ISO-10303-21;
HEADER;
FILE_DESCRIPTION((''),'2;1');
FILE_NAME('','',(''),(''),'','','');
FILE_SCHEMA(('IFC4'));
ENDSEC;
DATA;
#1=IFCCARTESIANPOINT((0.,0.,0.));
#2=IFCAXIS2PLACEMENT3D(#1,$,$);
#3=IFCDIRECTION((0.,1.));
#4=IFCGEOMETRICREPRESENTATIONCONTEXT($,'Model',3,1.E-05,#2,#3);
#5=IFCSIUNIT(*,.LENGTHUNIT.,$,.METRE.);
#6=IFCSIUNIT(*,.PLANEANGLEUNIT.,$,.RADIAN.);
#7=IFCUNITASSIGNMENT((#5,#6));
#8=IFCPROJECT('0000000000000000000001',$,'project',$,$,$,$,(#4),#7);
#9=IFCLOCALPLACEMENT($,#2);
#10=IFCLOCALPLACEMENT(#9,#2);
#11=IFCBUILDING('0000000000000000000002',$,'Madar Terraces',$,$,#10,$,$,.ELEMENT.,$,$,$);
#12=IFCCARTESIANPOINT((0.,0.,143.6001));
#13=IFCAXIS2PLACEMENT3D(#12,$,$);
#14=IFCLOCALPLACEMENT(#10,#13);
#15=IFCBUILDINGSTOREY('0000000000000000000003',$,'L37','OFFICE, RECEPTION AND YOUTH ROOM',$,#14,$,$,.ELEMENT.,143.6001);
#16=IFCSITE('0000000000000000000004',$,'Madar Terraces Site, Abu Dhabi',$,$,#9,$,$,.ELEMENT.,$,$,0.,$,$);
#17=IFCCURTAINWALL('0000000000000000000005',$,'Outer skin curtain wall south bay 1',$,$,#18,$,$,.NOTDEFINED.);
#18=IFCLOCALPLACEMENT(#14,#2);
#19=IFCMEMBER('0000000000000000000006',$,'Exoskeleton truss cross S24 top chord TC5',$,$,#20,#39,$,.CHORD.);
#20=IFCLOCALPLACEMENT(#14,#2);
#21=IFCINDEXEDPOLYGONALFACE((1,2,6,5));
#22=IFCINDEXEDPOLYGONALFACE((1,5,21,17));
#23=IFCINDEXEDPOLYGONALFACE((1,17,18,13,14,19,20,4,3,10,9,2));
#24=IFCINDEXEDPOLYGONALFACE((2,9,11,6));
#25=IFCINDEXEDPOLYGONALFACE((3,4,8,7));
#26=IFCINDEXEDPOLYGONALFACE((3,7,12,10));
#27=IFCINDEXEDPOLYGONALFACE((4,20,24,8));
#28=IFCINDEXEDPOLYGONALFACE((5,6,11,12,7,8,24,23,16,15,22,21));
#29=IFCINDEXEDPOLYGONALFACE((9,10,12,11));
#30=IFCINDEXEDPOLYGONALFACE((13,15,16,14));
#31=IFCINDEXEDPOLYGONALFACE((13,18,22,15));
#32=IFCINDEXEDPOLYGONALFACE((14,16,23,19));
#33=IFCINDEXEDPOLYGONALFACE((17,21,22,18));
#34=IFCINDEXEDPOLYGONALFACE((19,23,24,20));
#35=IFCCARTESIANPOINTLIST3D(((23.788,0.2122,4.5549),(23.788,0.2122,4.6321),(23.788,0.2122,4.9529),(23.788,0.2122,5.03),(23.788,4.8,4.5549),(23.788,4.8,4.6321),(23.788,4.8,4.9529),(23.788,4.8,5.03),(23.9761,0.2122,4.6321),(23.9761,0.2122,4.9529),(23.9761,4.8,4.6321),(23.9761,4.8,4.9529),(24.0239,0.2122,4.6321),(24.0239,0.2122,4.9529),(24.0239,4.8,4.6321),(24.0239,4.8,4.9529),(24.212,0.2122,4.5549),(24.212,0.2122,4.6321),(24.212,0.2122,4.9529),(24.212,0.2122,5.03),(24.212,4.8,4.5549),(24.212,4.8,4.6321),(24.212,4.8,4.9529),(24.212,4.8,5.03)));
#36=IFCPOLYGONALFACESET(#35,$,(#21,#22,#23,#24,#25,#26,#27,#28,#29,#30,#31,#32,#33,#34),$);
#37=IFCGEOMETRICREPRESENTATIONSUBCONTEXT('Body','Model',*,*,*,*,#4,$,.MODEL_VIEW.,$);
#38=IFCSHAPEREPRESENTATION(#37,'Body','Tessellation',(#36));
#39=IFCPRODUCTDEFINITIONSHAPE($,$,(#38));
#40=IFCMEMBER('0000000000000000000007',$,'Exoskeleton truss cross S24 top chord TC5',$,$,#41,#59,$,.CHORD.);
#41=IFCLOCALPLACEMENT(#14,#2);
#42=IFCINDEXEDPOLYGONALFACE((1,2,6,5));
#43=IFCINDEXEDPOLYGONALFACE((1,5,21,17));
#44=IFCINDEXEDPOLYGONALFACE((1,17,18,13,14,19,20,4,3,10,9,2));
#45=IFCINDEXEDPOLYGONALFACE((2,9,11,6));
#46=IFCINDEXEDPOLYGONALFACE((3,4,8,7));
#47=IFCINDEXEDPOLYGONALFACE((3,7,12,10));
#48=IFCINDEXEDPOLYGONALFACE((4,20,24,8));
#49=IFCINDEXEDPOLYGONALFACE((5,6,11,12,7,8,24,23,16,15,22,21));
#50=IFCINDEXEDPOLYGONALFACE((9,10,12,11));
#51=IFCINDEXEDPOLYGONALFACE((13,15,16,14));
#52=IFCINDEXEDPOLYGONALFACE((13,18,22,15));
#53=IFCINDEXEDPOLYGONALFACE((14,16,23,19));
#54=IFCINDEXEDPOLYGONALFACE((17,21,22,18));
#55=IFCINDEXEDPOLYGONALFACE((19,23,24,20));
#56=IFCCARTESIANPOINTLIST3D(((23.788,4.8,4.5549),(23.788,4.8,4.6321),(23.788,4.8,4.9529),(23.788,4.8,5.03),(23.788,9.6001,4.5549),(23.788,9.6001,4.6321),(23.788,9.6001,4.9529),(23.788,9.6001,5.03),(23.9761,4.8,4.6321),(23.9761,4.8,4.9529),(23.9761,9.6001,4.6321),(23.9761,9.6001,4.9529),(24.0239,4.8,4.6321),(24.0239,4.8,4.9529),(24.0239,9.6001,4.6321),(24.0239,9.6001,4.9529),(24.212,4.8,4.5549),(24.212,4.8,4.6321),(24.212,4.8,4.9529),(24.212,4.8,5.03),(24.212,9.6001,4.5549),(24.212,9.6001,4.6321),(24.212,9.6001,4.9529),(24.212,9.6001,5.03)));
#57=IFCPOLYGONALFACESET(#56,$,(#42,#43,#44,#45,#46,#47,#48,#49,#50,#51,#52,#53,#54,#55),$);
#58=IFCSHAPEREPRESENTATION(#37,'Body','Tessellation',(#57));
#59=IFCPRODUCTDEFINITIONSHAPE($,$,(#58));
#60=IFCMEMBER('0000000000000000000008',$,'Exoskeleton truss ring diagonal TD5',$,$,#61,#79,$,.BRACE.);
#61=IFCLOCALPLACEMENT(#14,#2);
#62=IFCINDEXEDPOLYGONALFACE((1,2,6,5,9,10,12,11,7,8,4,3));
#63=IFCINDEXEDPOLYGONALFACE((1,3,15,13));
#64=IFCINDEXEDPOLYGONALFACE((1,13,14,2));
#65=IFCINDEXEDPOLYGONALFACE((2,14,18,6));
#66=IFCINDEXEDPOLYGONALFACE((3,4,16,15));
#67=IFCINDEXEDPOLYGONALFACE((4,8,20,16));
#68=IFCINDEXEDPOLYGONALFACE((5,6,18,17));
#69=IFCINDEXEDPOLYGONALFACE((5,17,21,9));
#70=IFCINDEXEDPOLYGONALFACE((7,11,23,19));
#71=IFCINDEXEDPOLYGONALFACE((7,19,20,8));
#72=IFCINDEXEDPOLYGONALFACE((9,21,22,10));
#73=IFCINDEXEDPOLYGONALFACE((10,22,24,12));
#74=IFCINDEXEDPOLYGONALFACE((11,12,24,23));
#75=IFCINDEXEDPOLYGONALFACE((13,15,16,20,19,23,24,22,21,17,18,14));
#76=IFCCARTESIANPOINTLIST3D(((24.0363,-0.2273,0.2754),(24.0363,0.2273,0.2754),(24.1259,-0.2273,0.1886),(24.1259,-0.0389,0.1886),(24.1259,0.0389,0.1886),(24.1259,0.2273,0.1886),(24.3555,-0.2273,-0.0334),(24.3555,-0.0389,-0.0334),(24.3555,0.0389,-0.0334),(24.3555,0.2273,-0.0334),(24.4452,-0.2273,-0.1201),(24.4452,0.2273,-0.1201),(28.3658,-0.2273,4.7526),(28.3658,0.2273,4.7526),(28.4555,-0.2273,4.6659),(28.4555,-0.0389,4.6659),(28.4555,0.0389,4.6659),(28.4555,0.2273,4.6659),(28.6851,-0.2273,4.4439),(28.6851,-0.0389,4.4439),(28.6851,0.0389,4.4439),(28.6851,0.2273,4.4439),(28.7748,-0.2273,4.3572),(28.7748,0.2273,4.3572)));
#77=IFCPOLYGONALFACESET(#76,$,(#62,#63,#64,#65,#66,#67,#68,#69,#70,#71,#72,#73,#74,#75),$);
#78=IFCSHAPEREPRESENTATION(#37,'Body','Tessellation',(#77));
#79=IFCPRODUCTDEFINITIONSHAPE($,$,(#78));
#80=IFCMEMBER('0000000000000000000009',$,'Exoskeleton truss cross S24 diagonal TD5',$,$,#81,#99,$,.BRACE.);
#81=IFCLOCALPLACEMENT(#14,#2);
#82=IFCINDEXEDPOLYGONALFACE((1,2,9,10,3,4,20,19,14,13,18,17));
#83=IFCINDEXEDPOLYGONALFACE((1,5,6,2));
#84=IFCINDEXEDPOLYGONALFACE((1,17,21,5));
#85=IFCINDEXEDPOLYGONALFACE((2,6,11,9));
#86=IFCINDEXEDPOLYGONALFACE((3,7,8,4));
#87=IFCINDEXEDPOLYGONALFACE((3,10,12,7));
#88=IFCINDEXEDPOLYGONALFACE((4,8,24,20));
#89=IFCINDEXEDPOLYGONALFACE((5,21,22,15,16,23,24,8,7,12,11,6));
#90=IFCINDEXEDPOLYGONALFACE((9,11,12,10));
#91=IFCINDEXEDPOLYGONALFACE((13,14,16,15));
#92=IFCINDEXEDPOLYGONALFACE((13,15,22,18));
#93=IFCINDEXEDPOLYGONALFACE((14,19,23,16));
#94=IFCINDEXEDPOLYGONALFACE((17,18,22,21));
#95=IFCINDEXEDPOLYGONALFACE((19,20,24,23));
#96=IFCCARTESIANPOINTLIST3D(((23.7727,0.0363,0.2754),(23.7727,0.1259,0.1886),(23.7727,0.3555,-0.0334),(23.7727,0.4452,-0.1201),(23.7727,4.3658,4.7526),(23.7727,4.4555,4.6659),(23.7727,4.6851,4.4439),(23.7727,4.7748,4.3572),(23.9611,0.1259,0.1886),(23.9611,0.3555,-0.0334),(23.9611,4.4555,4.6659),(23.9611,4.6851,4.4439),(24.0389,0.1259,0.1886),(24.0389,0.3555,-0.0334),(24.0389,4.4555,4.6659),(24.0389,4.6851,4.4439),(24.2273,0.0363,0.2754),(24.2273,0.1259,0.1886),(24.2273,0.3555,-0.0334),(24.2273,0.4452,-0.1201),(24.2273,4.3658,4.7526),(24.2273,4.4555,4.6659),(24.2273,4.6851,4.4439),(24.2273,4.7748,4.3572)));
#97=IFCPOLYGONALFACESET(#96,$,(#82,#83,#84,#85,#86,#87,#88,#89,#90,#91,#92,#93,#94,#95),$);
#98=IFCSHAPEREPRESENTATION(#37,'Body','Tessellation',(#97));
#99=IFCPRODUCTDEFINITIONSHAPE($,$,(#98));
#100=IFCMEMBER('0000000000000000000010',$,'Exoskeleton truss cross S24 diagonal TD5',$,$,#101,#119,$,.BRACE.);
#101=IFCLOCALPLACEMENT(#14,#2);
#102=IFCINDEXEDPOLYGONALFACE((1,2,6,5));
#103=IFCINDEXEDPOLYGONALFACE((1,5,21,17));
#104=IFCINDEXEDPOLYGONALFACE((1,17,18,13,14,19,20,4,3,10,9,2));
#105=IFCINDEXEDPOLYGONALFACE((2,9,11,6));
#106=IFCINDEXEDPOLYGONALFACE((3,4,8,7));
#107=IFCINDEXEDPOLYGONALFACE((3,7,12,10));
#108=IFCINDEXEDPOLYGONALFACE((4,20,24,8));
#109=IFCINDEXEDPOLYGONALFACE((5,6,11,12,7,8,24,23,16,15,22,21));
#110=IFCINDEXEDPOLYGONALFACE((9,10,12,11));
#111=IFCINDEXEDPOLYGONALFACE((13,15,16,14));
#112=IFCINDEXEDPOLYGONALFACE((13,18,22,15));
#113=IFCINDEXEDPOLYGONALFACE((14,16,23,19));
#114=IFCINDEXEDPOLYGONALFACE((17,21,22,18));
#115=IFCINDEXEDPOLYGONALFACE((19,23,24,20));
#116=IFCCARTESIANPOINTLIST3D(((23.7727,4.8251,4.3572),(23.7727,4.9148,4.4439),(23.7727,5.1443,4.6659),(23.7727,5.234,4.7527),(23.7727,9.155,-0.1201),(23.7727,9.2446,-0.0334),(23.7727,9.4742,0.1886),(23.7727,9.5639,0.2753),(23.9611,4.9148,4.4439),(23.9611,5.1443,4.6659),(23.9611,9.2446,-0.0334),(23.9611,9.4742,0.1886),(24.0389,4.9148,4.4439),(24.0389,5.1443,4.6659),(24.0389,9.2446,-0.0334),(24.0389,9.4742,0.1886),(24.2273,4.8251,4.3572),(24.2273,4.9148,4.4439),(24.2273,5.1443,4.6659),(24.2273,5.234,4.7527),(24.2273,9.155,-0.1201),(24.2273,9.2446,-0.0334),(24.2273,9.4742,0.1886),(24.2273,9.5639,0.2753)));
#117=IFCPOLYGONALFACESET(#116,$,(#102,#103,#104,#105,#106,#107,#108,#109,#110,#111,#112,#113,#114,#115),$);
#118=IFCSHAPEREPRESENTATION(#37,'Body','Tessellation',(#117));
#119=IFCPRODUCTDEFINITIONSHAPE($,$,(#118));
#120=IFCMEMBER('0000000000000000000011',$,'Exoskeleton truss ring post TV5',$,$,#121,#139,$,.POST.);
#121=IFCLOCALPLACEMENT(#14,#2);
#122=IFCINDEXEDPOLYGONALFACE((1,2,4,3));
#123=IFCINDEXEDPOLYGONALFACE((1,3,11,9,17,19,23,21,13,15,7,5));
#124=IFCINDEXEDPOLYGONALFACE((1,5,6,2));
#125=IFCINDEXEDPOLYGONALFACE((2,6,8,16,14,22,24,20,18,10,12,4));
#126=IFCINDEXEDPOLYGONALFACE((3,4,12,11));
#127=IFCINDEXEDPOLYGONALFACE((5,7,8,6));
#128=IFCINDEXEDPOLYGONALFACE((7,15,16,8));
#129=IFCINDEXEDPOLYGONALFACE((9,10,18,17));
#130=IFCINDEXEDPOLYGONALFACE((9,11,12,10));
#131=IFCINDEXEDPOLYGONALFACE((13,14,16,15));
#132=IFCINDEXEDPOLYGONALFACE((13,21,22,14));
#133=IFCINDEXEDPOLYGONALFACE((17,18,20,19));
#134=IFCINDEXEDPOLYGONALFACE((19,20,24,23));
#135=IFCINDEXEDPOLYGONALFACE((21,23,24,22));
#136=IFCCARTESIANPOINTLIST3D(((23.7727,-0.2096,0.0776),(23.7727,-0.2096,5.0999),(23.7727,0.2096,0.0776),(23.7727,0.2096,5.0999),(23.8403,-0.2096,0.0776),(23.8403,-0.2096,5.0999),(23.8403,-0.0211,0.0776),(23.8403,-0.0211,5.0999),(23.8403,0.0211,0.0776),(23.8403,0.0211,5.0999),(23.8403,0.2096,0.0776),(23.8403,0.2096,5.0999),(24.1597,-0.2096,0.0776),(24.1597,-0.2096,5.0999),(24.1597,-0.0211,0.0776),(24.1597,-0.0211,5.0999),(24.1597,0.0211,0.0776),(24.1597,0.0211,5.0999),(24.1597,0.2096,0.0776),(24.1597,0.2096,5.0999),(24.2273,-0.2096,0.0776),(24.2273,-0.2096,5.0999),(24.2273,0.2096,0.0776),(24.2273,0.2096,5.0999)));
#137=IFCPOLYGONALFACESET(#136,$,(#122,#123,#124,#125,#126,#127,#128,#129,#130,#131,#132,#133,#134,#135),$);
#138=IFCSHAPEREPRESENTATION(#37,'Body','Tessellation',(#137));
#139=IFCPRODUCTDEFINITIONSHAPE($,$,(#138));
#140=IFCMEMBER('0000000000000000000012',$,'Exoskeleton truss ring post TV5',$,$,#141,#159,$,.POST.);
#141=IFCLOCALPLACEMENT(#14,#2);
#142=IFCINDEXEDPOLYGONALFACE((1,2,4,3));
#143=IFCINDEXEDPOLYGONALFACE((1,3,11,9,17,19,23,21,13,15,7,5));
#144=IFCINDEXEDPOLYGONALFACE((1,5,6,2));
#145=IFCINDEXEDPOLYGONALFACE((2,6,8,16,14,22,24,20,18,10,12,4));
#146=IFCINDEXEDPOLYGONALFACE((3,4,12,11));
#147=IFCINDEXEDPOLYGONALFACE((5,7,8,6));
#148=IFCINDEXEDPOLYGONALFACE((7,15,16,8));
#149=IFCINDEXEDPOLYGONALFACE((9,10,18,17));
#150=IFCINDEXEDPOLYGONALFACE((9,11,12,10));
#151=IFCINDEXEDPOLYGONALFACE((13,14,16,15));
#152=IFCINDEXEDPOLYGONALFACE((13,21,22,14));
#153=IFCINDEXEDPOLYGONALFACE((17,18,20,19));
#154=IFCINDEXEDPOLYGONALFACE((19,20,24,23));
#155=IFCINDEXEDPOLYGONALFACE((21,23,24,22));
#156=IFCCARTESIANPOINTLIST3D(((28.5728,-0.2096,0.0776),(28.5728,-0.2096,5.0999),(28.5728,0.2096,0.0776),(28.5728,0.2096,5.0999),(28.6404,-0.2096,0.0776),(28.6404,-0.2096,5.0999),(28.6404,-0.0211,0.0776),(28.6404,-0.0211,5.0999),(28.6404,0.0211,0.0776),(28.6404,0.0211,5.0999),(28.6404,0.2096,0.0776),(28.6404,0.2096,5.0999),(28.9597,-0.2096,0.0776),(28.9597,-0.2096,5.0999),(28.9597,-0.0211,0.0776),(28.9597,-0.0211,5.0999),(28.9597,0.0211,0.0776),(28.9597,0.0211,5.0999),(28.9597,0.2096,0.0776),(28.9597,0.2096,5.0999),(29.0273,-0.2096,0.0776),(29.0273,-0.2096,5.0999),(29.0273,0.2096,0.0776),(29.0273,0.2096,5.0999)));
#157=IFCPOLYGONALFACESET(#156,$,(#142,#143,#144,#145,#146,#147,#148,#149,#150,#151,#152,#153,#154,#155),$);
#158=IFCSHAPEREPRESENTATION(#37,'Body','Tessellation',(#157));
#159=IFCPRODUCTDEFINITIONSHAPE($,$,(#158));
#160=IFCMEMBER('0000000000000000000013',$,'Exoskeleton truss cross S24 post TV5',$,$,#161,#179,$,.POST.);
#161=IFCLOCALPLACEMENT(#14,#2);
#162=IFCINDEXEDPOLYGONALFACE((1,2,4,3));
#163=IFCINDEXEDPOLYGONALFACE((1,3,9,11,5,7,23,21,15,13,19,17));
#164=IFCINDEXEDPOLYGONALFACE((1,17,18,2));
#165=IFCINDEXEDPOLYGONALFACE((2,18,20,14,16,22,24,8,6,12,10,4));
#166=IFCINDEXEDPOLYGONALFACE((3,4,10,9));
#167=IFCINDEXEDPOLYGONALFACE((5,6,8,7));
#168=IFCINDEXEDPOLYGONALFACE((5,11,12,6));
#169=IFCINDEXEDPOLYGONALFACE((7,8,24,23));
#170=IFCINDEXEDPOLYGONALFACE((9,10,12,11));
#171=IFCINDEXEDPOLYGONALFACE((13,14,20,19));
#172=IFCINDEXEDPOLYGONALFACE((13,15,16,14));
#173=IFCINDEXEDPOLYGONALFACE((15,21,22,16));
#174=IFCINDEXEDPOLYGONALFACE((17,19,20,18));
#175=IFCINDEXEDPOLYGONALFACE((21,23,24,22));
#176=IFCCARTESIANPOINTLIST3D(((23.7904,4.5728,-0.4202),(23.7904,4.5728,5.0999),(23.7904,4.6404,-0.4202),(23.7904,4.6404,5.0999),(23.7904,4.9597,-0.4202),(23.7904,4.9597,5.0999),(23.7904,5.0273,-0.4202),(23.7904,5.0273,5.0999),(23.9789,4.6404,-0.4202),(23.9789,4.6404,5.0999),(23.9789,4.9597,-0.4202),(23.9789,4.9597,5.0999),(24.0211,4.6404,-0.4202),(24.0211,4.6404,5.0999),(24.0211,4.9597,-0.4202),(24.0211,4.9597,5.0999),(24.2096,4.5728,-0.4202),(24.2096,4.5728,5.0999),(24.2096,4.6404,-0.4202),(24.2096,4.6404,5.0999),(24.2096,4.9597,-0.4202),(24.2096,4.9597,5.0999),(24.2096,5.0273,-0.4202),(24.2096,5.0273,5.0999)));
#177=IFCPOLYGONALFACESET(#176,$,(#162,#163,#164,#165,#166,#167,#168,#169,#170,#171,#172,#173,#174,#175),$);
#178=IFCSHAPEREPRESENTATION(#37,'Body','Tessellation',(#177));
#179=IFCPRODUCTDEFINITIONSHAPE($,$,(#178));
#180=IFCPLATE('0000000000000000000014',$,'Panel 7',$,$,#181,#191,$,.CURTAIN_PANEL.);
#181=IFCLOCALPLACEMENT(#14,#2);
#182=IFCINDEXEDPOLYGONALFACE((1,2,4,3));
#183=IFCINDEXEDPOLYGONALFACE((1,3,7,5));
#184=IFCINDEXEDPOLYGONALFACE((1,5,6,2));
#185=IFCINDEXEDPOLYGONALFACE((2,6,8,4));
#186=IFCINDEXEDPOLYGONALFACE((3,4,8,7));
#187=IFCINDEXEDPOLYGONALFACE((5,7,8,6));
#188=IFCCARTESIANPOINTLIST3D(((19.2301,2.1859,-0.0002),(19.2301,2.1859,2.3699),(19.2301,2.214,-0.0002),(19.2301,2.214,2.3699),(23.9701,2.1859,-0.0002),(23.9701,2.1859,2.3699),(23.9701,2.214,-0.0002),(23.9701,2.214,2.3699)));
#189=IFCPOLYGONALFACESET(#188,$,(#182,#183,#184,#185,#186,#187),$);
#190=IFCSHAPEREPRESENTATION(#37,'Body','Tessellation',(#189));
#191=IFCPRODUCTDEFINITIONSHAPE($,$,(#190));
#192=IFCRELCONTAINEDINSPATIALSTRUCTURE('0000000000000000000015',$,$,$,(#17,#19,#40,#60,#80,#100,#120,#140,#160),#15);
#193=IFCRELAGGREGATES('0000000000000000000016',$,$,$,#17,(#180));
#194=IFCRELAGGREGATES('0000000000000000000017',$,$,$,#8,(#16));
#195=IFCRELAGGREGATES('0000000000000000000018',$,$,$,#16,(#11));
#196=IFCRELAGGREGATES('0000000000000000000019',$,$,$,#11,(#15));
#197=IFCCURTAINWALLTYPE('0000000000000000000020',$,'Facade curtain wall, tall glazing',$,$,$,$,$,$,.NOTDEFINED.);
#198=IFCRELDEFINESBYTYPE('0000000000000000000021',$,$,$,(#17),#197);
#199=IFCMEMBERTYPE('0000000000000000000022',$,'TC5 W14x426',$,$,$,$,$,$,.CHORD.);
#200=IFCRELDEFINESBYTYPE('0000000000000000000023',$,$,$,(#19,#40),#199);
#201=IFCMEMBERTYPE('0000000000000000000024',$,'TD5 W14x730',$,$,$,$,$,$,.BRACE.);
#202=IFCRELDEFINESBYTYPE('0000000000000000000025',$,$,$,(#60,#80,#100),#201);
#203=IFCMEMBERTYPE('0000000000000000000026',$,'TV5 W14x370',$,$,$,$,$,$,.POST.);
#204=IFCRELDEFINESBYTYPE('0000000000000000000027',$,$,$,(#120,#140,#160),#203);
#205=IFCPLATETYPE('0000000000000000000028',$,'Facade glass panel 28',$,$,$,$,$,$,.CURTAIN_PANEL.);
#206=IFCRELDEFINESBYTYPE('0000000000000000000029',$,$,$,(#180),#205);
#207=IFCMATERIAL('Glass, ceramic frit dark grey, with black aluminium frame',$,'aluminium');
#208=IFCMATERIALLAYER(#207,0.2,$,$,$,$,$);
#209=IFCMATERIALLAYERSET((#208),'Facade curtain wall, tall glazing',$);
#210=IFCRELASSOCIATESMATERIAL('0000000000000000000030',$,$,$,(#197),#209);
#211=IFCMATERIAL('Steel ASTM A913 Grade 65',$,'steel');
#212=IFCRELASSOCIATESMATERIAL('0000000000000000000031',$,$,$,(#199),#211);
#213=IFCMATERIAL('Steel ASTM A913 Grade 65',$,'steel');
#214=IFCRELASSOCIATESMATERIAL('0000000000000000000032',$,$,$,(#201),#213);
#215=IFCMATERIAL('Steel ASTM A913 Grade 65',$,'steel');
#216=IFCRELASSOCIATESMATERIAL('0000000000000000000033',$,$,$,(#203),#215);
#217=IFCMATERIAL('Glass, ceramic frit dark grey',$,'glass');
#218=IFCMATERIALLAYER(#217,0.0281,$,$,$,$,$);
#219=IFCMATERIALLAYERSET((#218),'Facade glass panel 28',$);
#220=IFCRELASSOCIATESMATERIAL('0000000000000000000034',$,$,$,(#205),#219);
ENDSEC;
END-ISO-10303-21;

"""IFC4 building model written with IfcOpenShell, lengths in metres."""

from ifc_helpers import new_model, si_unit, direction, frame, origin, origin_2d, place, context, subcontext, project, spatial, rectangle, i_section, extrude, material, layer, layer_set, material_profile, profile_set, type_object, element, aggregate, save


model = new_model("IFC4")

# Units and contexts
model_context = context("Model", 3, precision=1e-05, world=origin(), true_north=direction((0.0, 1.0)))
body_context = subcontext(model_context, "Body", "Model", "MODEL_VIEW")
ifc_project = project(units=[si_unit("LENGTHUNIT", "METRE"), si_unit("PLANEANGLEUNIT", "RADIAN")], contexts=[model_context])

# Site, building, storey
site_placement = place(None, origin())
site = spatial("IfcSite", under=ifc_project, at=site_placement, Name="Madar Terraces Site, Abu Dhabi", CompositionType="ELEMENT", RefElevation=0.0)
building_placement = place(site_placement, origin())
building = spatial("IfcBuilding", under=site, at=building_placement, Name="Madar Terraces", CompositionType="ELEMENT")
storey_placement = place(building_placement, frame((0.0, 0.0, 143.6001)))
storey = spatial("IfcBuildingStorey", under=building, at=storey_placement, Name="L37", Description="OFFICE, RECEPTION AND YOUTH ROOM", CompositionType="ELEMENT", Elevation=143.6001)

# Curtain wall
ifc_material_1 = material(Name="Glass, ceramic frit dark grey, with black aluminium frame", Category="aluminium")
ifc_layer_1 = layer(ifc_material_1, 0.2)
ifc_layer_set_1 = layer_set([ifc_layer_1], Name="Facade curtain wall, tall glazing")
curtain_wall_type = type_object("IfcCurtainWallType", Name="Facade curtain wall, tall glazing", PredefinedType="NOTDEFINED", material=ifc_layer_set_1)
curtain_wall_placement = place(storey_placement, origin())
curtain_wall = element("IfcCurtainWall", 1, at=curtain_wall_placement, inside=storey, type_object=curtain_wall_type, Name="Outer skin curtain wall south bay 1", PredefinedType="NOTDEFINED")

# Members
ifc_material_2 = material(Name="Steel ASTM A913 Grade 65", Category="steel")
ifc_material_profile_1 = material_profile(ifc_material_2, i_section(OverallWidth=0.4241, OverallDepth=0.4751, WebThickness=0.0479, FlangeThickness=0.0771, at=origin_2d()), Name="W14x426")
ifc_profile_set_1 = profile_set([ifc_material_profile_1], Name="Steel ASTM A913 Grade 65")
member_type_1 = type_object("IfcMemberType", Name="TC5 W14x426", PredefinedType="CHORD", material=ifc_profile_set_1)
member_1_placement = place(storey_placement, frame((24.0, 0.2122, 4.7925), z_axis=(0.0, 1.0, 0.0), x_axis=(-1.0, 0.0, 0.0)))
element("IfcMember", 2, at=member_1_placement, inside=storey, type_object=member_type_1, Name="Exoskeleton truss cross S24 top chord TC5", PredefinedType="CHORD", context=body_context, shape_type="SweptSolid", body=[
    extrude(i_section(OverallWidth=0.4241, OverallDepth=0.4751, WebThickness=0.0479, FlangeThickness=0.0771, at=origin_2d()), origin(), (0.0, 0.0, 1.0), 4.5879),
])
member_2_placement = place(storey_placement, frame((24.0, 4.8, 4.7925), z_axis=(0.0, 1.0, 0.0), x_axis=(-1.0, 0.0, 0.0)))
element("IfcMember", 3, at=member_2_placement, inside=storey, type_object=member_type_1, Name="Exoskeleton truss cross S24 top chord TC5", PredefinedType="CHORD", context=body_context, shape_type="SweptSolid", body=[
    extrude(i_section(OverallWidth=0.4241, OverallDepth=0.4751, WebThickness=0.0479, FlangeThickness=0.0771, at=origin_2d()), origin(), (0.0, 0.0, 1.0), 4.8),
])
ifc_material_3 = material(Name="Steel ASTM A913 Grade 65", Category="steel")
ifc_material_profile_2 = material_profile(ifc_material_3, i_section(OverallWidth=0.4546, OverallDepth=0.5688, WebThickness=0.0779, FlangeThickness=0.1248, at=origin_2d()), Name="W14x730")
ifc_profile_set_2 = profile_set([ifc_material_profile_2], Name="Steel ASTM A913 Grade 65")
member_type_2 = type_object("IfcMemberType", Name="TD5 W14x730", PredefinedType="BRACE", material=ifc_profile_set_2)
for number, where, z_axis, x_axis, name in (
    (4, (24.2407, 0.0, 0.0776), (0.69515, 0.0, 0.718865), (0.0, 1.0, 0.0), "Exoskeleton truss ring diagonal TD5"),
    (5, (24.0, 0.2407, 0.0776), (0.0, 0.69515, 0.718865), (-1.0, 0.0, 0.0), "Exoskeleton truss cross S24 diagonal TD5"),
):
    element("IfcMember", number, at=place(storey_placement, frame(where, z_axis=z_axis, x_axis=x_axis)), inside=storey, type_object=member_type_2, Name=name, PredefinedType="BRACE", context=body_context, shape_type="SweptSolid", body=[
        extrude(i_section(OverallWidth=0.4546, OverallDepth=0.5688, WebThickness=0.0779, FlangeThickness=0.1248, at=origin_2d()), origin(), (0.0, 0.0, 1.0), 6.2283),
    ])
member_3_placement = place(storey_placement, frame((24.0, 5.0295, 4.5549), z_axis=(0.0, 0.69517, -0.718845), x_axis=(-1.0, 0.0, 0.0)))
element("IfcMember", 6, at=member_3_placement, inside=storey, type_object=member_type_2, Name="Exoskeleton truss cross S24 diagonal TD5", PredefinedType="BRACE", context=body_context, shape_type="SweptSolid", body=[
    extrude(i_section(OverallWidth=0.4546, OverallDepth=0.5688, WebThickness=0.0779, FlangeThickness=0.1248, at=origin_2d()), origin(), (0.0, 0.0, 1.0), 6.2285),
])
ifc_material_4 = material(Name="Steel ASTM A913 Grade 65", Category="steel")
ifc_material_profile_3 = material_profile(ifc_material_4, i_section(OverallWidth=0.4192, OverallDepth=0.4546, WebThickness=0.0422, FlangeThickness=0.0676, at=origin_2d()), Name="W14x370")
ifc_profile_set_3 = profile_set([ifc_material_profile_3], Name="Steel ASTM A913 Grade 65")
member_type_3 = type_object("IfcMemberType", Name="TV5 W14x370", PredefinedType="POST", material=ifc_profile_set_3)
for number, where, z_axis, x_axis, name in (
    (7, (24.0, 0.0, 0.0776), (0.0, 0.0, 1.0), (0.0, 1.0, 0.0), "Exoskeleton truss ring post TV5"),
    (8, (28.8, 0.0, 0.0776), (0.0, 0.0, 1.0), (0.0, 1.0, 0.0), "Exoskeleton truss ring post TV5"),
):
    element("IfcMember", number, at=place(storey_placement, frame(where, z_axis=z_axis, x_axis=x_axis)), inside=storey, type_object=member_type_3, Name=name, PredefinedType="POST", context=body_context, shape_type="SweptSolid", body=[
        extrude(i_section(OverallWidth=0.4192, OverallDepth=0.4546, WebThickness=0.0422, FlangeThickness=0.0676, at=origin_2d()), origin(), (0.0, 0.0, 1.0), 5.0222),
    ])
member_4_placement = place(storey_placement, frame((24.0, 4.8, -0.4202), z_axis=(0.0, 0.0, 1.0), x_axis=(-1.0, 0.0, 0.0)))
element("IfcMember", 9, at=member_4_placement, inside=storey, type_object=member_type_3, Name="Exoskeleton truss cross S24 post TV5", PredefinedType="POST", context=body_context, shape_type="SweptSolid", body=[
    extrude(i_section(OverallWidth=0.4192, OverallDepth=0.4546, WebThickness=0.0422, FlangeThickness=0.0676, at=origin_2d()), origin(), (0.0, 0.0, 1.0), 5.52),
])

# Plate
ifc_material_5 = material(Name="Glass, ceramic frit dark grey", Category="glass")
ifc_layer_2 = layer(ifc_material_5, 0.0281)
ifc_layer_set_2 = layer_set([ifc_layer_2], Name="Facade glass panel 28")
plate_type = type_object("IfcPlateType", Name="Facade glass panel 28", PredefinedType="CURTAIN_PANEL", material=ifc_layer_set_2)
plate_1_placement = place(storey_placement, frame((21.6001, 2.2, -0.0002), z_axis=(0.0, 0.0, 1.0), x_axis=(1.0, 0.0, 0.0)))
plate_1 = element("IfcPlate", 10, at=plate_1_placement, type_object=plate_type, Name="Panel 7", PredefinedType="CURTAIN_PANEL", context=body_context, shape_type="SweptSolid", body=[
    extrude(rectangle(XDim=4.74, YDim=0.0281, at=origin_2d()), origin(), (0.0, 0.0, 1.0), 2.3701),
])
aggregate(curtain_wall, [plate_1])

save(model, "model.ifc")
